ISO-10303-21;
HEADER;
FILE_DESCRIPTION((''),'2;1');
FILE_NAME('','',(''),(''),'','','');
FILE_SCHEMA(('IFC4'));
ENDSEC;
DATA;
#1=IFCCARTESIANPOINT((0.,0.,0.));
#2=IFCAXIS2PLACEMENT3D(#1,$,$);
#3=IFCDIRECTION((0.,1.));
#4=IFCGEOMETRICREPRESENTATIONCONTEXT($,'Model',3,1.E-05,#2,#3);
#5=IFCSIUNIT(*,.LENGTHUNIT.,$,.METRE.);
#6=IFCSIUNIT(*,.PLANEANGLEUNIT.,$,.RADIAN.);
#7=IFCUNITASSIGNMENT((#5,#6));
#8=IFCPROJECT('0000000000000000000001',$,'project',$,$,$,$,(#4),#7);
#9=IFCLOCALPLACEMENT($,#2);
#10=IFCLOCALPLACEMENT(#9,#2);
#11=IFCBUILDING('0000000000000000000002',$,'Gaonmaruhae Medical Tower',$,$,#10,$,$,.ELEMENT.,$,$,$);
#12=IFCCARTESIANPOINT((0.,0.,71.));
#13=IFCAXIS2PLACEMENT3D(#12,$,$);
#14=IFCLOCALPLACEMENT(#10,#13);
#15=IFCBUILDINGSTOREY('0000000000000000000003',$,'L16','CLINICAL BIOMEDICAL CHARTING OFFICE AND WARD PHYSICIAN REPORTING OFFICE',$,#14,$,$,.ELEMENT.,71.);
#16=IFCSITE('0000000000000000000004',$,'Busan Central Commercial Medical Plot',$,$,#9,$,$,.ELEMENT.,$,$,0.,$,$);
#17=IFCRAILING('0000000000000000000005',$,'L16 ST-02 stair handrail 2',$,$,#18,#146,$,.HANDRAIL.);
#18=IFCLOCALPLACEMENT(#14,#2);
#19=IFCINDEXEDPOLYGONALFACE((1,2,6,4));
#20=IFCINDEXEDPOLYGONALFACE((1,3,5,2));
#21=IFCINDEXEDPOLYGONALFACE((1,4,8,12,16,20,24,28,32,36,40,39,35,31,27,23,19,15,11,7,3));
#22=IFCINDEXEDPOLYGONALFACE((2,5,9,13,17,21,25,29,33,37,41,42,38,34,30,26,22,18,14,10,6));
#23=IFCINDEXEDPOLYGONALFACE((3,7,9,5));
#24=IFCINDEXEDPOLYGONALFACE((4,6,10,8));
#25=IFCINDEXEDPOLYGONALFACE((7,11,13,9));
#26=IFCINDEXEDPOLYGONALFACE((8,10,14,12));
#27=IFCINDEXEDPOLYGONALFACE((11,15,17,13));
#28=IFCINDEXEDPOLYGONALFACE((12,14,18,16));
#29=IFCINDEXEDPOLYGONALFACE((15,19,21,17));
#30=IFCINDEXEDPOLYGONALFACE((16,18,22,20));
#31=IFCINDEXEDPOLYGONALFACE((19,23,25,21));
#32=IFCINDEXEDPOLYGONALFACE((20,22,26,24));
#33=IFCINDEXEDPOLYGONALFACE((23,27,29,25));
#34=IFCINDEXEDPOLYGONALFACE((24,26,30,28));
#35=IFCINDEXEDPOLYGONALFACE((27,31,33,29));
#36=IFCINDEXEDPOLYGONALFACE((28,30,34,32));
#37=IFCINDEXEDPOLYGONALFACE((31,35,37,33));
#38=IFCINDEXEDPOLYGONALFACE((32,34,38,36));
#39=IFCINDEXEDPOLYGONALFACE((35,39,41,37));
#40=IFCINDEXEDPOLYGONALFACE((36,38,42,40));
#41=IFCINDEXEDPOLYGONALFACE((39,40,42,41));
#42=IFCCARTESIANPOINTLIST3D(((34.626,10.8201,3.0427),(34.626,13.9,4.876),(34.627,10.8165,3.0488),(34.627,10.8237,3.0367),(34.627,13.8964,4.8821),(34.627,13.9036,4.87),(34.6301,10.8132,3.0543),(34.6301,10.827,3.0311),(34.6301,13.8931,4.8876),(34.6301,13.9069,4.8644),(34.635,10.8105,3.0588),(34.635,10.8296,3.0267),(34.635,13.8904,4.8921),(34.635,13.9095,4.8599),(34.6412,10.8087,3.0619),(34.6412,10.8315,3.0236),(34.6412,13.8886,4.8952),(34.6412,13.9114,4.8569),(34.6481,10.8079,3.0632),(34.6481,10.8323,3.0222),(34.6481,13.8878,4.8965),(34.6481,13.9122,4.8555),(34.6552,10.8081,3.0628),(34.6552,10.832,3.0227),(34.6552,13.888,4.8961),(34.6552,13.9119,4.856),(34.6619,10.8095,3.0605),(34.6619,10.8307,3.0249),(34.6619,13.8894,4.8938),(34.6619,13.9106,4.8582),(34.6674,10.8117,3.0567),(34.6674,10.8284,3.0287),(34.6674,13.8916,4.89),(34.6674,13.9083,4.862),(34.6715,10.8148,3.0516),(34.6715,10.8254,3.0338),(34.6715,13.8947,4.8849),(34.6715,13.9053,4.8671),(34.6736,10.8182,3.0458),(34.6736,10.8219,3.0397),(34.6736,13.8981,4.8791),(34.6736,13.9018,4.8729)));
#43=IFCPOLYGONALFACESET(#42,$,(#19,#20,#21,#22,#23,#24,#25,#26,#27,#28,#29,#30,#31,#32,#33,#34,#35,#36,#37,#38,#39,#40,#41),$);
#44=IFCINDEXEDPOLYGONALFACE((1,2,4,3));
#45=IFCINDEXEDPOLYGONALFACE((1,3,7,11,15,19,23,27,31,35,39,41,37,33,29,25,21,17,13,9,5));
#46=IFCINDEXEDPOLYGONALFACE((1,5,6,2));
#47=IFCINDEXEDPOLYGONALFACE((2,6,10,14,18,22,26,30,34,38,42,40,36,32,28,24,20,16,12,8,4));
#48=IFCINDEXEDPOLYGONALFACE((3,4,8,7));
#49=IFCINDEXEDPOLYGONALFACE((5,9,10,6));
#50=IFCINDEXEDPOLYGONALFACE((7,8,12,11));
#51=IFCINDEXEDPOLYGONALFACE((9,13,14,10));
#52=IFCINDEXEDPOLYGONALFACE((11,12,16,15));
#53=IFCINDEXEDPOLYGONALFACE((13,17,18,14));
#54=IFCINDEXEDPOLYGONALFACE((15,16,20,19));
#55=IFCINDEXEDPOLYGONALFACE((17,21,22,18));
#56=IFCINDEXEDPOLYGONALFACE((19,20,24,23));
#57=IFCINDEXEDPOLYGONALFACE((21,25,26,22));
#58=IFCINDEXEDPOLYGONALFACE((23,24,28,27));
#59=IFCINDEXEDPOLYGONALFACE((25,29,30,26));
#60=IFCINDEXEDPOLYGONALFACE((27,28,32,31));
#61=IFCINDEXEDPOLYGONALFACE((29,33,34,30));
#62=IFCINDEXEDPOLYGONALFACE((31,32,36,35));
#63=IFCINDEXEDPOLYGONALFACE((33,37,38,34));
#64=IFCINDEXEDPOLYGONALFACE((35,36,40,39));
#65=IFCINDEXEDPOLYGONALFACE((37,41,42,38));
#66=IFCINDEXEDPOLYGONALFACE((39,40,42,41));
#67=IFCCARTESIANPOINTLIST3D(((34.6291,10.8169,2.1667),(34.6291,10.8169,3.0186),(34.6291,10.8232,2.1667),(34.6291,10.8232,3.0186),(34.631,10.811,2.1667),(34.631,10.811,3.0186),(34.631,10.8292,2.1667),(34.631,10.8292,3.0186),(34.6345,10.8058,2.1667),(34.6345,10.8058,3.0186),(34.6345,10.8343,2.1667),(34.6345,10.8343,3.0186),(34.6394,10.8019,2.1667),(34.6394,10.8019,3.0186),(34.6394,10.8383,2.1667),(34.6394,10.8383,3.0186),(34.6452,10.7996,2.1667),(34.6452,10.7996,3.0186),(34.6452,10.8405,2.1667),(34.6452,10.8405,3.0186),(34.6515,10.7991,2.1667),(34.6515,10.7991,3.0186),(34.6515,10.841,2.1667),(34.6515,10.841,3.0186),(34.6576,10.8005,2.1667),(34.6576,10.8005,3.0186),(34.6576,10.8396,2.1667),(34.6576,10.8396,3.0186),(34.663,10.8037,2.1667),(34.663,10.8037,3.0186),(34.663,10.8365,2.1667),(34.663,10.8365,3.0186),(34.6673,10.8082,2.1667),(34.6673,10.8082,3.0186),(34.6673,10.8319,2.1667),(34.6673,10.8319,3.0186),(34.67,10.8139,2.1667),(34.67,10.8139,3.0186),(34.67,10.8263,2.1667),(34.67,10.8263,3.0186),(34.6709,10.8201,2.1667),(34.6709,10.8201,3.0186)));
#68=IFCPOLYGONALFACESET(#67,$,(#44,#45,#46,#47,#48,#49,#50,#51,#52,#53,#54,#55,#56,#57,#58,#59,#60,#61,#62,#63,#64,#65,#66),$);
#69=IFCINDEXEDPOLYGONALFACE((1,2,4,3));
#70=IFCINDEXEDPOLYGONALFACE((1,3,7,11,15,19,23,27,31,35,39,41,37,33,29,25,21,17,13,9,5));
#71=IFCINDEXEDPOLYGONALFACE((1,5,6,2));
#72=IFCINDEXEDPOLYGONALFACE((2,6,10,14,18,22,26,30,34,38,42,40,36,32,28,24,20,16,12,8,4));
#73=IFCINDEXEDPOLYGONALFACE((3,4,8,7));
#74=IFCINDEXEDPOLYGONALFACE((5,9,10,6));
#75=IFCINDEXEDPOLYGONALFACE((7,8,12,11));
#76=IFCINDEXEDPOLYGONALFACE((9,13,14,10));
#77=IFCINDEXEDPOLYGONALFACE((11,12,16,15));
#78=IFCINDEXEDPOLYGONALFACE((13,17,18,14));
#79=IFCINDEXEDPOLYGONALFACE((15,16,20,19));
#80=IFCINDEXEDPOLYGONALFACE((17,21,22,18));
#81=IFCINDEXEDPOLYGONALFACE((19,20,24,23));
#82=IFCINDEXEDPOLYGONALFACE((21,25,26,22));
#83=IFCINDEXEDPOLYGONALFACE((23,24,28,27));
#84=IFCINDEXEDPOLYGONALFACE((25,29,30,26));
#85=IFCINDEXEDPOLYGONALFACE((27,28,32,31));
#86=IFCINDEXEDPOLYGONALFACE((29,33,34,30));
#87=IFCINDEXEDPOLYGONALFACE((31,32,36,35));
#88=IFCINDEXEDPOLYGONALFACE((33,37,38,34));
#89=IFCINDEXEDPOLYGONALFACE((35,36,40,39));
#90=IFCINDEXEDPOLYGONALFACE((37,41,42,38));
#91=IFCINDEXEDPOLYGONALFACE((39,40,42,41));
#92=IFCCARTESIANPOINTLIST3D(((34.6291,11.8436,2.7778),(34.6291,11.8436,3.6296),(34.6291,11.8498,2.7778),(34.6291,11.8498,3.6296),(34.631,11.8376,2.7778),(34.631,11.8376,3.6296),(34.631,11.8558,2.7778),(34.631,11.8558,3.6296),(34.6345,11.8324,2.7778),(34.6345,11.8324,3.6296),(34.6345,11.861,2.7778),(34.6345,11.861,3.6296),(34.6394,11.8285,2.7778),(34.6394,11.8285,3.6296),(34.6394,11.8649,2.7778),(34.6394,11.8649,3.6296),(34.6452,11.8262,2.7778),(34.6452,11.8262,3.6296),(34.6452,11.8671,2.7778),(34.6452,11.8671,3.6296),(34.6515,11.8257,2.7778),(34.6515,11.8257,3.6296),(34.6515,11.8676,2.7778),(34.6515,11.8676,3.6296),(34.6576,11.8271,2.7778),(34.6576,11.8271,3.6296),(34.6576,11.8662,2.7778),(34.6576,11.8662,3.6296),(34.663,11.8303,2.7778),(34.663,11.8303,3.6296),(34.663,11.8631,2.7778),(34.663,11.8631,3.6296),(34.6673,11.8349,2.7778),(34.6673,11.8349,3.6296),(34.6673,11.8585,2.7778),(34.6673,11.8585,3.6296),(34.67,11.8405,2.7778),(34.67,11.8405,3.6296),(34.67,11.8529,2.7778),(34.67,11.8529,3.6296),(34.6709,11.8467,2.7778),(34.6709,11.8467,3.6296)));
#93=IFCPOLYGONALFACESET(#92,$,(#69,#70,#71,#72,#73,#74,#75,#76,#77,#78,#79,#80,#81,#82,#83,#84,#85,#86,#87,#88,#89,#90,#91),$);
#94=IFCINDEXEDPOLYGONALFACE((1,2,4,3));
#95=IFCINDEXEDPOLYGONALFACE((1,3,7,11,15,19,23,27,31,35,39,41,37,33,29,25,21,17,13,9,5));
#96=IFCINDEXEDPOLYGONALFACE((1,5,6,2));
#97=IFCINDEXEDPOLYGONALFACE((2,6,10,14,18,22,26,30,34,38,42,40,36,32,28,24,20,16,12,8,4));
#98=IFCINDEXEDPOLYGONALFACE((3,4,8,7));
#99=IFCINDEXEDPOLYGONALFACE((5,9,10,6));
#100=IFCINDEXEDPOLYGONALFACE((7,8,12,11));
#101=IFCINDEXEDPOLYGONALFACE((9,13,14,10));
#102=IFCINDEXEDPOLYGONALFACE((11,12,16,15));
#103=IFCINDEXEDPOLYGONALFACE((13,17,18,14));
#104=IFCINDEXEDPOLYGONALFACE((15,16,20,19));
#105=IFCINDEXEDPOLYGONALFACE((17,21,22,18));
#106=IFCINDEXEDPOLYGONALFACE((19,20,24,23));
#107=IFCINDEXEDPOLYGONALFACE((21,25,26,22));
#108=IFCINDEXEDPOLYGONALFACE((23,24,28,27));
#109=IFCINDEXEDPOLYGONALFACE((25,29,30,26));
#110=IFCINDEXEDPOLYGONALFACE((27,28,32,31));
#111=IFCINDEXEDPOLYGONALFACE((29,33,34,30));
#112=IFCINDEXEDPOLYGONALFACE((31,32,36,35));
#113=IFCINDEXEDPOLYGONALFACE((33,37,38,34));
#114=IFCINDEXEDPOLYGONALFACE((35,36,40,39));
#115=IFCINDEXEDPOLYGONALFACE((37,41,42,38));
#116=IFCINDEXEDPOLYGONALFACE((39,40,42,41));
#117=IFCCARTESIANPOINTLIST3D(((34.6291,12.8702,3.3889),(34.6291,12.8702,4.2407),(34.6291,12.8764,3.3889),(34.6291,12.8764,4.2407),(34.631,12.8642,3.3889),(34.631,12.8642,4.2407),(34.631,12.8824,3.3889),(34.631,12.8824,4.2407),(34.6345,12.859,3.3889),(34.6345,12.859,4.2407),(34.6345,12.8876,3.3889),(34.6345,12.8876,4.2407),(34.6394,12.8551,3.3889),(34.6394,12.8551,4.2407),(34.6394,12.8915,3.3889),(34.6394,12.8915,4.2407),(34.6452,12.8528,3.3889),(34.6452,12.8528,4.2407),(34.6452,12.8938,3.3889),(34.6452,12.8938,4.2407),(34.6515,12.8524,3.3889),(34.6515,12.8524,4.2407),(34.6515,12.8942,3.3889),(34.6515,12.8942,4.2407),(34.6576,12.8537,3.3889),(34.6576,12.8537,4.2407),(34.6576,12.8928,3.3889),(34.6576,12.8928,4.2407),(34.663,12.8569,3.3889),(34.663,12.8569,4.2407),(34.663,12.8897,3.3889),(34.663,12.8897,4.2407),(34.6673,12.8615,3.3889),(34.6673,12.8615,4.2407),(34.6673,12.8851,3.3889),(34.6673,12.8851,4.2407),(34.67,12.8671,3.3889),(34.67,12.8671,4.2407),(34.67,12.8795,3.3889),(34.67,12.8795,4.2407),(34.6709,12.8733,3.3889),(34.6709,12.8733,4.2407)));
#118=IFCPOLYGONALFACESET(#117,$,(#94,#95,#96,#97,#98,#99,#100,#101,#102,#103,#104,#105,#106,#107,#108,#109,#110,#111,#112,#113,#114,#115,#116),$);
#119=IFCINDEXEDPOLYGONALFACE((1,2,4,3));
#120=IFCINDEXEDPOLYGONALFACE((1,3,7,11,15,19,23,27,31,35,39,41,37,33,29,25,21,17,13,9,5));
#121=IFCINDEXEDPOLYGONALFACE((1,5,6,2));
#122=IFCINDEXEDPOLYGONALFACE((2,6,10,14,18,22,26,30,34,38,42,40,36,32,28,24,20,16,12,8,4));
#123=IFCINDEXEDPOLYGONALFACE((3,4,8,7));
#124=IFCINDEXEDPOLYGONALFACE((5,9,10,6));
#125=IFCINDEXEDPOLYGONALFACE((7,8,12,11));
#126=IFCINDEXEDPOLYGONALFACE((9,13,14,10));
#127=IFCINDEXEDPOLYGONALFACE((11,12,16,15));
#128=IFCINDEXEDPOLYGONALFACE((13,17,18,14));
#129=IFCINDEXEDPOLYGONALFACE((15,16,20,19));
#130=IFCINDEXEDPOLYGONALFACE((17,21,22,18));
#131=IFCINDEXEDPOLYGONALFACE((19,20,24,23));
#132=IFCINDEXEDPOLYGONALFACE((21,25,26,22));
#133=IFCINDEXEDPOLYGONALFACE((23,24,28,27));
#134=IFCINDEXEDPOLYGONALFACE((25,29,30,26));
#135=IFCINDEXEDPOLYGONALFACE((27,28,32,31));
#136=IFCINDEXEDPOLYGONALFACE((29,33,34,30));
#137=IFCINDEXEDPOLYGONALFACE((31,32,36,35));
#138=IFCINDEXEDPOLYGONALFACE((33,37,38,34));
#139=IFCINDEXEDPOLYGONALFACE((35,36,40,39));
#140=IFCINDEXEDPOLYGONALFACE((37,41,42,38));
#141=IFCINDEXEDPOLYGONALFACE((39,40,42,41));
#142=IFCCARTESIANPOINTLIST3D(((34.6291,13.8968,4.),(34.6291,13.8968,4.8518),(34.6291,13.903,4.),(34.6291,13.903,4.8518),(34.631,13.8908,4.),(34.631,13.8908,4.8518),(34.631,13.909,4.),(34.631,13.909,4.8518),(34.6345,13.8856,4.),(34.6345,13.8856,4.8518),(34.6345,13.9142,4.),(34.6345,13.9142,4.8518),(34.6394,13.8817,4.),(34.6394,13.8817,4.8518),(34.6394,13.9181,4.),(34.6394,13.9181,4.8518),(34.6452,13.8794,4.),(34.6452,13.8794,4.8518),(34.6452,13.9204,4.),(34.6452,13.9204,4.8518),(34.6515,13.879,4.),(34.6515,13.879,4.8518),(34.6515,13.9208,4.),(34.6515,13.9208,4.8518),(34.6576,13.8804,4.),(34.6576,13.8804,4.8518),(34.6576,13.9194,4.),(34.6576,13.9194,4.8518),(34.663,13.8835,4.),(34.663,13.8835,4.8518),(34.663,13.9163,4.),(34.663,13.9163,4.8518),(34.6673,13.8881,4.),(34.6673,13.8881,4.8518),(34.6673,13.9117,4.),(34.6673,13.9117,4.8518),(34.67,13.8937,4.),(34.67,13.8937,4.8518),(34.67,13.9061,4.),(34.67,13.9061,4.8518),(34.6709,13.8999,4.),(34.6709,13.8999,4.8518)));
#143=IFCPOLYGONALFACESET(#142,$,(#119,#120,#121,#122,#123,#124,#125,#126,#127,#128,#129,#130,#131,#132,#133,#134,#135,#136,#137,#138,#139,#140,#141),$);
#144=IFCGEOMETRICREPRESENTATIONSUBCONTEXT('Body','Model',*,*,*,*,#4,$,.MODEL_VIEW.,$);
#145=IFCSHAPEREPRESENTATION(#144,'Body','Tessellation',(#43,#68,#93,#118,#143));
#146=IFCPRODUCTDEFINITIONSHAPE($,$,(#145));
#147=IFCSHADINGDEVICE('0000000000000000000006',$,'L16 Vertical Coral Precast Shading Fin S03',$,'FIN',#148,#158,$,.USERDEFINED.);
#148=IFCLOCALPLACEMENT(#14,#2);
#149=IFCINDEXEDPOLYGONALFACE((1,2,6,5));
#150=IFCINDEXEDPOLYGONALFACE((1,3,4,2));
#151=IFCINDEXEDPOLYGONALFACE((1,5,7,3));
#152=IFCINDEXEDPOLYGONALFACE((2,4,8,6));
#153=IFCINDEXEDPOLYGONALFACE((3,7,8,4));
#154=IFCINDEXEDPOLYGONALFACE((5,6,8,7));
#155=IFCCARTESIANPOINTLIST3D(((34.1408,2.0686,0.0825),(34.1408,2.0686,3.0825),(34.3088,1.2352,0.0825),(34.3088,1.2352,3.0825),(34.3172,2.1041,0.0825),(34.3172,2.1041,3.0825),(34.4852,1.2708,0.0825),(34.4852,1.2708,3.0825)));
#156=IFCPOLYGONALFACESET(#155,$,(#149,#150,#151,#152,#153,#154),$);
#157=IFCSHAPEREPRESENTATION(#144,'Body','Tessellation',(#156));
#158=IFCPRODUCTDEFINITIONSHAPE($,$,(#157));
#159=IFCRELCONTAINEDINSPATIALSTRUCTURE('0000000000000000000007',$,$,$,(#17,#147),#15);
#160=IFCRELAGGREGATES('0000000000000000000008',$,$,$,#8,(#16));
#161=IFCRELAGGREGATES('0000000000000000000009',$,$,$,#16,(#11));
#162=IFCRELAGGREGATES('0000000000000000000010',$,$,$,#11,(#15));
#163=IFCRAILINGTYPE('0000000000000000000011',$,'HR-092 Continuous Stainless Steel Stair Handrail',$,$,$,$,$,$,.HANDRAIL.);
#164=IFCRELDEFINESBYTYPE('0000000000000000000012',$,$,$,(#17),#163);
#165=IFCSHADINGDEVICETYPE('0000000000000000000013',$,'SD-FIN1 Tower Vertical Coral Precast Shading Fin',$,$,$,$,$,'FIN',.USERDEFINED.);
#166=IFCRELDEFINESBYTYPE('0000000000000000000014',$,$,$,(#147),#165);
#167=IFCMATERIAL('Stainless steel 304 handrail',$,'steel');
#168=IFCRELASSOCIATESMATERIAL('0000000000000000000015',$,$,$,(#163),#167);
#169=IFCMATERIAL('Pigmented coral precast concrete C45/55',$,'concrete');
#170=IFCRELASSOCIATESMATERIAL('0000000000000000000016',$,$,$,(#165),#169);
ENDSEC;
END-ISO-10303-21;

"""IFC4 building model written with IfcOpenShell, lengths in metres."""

from ifc_helpers import new_model, si_unit, direction, frame, origin, origin_2d, place, context, subcontext, project, spatial, rectangle, circle, extrude, material, type_object, element, save


model = new_model("IFC4")

# Units and contexts
model_context = context("Model", 3, precision=1e-05, world=origin(), true_north=direction((0.0, 1.0)))
body_context = subcontext(model_context, "Body", "Model", "MODEL_VIEW")
ifc_project = project(units=[si_unit("LENGTHUNIT", "METRE"), si_unit("PLANEANGLEUNIT", "RADIAN")], contexts=[model_context])

# Site, building, storey
site_placement = place(None, origin())
site = spatial("IfcSite", under=ifc_project, at=site_placement, Name="Busan Central Commercial Medical Plot", CompositionType="ELEMENT", RefElevation=0.0)
building_placement = place(site_placement, origin())
building = spatial("IfcBuilding", under=site, at=building_placement, Name="Gaonmaruhae Medical Tower", CompositionType="ELEMENT")
storey_placement = place(building_placement, frame((0.0, 0.0, 71.0)))
storey = spatial("IfcBuildingStorey", under=building, at=storey_placement, Name="L16", Description="CLINICAL BIOMEDICAL CHARTING OFFICE AND WARD PHYSICIAN REPORTING OFFICE", CompositionType="ELEMENT", Elevation=71.0)

# Railing
ifc_material_1 = material(Name="Stainless steel 304 handrail", Category="steel")
railing_type_1 = type_object("IfcRailingType", Name="HR-092 Continuous Stainless Steel Stair Handrail", PredefinedType="HANDRAIL", material=ifc_material_1)
railing_1_placement = place(storey_placement, frame((34.6499, 10.8201, 2.1667)))
element("IfcRailing", 1, at=railing_1_placement, inside=storey, type_object=railing_type_1, Name="L16 ST-02 stair handrail 2", PredefinedType="HANDRAIL", context=body_context, shape_type="SweptSolid", body=[
    extrude(circle(Radius=0.0239, at=origin_2d()), frame((0.0, 0.0, 0.876), z_axis=(0.0, 0.859291, 0.511487), x_axis=(-1.0, 0.0, 0.0)), (0.0, 0.0, 1.0), 3.5842),
    extrude(circle(Radius=0.021, at=origin_2d()), origin(), (0.0, 0.0, 1.0), 0.8518),
    extrude(circle(Radius=0.021, at=origin_2d()), frame((0.0, 1.0266, 0.6111)), (0.0, 0.0, 1.0), 0.8518),
    extrude(circle(Radius=0.021, at=origin_2d()), frame((0.0, 2.0532, 1.2222)), (0.0, 0.0, 1.0), 0.8518),
    extrude(circle(Radius=0.021, at=origin_2d()), frame((0.0, 3.0798, 1.8333)), (0.0, 0.0, 1.0), 0.8518),
])

# Shading device
ifc_material_2 = material(Name="Pigmented coral precast concrete C45/55", Category="concrete")
shading_device_type = type_object("IfcShadingDeviceType", Name="SD-FIN1 Tower Vertical Coral Precast Shading Fin", ElementType="FIN", PredefinedType="USERDEFINED", material=ifc_material_2)
shading_device_placement = place(storey_placement, frame((34.313, 1.6697, 0.0825), z_axis=(0.0, 0.0, 1.0), x_axis=(-0.980275, -0.19764, 0.0)))
element("IfcShadingDevice", 2, at=shading_device_placement, inside=storey, type_object=shading_device_type, Name="L16 Vertical Coral Precast Shading Fin S03", ObjectType="FIN", PredefinedType="USERDEFINED", context=body_context, shape_type="SweptSolid", body=[
    extrude(rectangle(XDim=0.1799, YDim=0.8501, at=origin_2d()), origin(), (0.0, 0.0, 1.0), 3.0),
])

save(model, "model.ifc")
